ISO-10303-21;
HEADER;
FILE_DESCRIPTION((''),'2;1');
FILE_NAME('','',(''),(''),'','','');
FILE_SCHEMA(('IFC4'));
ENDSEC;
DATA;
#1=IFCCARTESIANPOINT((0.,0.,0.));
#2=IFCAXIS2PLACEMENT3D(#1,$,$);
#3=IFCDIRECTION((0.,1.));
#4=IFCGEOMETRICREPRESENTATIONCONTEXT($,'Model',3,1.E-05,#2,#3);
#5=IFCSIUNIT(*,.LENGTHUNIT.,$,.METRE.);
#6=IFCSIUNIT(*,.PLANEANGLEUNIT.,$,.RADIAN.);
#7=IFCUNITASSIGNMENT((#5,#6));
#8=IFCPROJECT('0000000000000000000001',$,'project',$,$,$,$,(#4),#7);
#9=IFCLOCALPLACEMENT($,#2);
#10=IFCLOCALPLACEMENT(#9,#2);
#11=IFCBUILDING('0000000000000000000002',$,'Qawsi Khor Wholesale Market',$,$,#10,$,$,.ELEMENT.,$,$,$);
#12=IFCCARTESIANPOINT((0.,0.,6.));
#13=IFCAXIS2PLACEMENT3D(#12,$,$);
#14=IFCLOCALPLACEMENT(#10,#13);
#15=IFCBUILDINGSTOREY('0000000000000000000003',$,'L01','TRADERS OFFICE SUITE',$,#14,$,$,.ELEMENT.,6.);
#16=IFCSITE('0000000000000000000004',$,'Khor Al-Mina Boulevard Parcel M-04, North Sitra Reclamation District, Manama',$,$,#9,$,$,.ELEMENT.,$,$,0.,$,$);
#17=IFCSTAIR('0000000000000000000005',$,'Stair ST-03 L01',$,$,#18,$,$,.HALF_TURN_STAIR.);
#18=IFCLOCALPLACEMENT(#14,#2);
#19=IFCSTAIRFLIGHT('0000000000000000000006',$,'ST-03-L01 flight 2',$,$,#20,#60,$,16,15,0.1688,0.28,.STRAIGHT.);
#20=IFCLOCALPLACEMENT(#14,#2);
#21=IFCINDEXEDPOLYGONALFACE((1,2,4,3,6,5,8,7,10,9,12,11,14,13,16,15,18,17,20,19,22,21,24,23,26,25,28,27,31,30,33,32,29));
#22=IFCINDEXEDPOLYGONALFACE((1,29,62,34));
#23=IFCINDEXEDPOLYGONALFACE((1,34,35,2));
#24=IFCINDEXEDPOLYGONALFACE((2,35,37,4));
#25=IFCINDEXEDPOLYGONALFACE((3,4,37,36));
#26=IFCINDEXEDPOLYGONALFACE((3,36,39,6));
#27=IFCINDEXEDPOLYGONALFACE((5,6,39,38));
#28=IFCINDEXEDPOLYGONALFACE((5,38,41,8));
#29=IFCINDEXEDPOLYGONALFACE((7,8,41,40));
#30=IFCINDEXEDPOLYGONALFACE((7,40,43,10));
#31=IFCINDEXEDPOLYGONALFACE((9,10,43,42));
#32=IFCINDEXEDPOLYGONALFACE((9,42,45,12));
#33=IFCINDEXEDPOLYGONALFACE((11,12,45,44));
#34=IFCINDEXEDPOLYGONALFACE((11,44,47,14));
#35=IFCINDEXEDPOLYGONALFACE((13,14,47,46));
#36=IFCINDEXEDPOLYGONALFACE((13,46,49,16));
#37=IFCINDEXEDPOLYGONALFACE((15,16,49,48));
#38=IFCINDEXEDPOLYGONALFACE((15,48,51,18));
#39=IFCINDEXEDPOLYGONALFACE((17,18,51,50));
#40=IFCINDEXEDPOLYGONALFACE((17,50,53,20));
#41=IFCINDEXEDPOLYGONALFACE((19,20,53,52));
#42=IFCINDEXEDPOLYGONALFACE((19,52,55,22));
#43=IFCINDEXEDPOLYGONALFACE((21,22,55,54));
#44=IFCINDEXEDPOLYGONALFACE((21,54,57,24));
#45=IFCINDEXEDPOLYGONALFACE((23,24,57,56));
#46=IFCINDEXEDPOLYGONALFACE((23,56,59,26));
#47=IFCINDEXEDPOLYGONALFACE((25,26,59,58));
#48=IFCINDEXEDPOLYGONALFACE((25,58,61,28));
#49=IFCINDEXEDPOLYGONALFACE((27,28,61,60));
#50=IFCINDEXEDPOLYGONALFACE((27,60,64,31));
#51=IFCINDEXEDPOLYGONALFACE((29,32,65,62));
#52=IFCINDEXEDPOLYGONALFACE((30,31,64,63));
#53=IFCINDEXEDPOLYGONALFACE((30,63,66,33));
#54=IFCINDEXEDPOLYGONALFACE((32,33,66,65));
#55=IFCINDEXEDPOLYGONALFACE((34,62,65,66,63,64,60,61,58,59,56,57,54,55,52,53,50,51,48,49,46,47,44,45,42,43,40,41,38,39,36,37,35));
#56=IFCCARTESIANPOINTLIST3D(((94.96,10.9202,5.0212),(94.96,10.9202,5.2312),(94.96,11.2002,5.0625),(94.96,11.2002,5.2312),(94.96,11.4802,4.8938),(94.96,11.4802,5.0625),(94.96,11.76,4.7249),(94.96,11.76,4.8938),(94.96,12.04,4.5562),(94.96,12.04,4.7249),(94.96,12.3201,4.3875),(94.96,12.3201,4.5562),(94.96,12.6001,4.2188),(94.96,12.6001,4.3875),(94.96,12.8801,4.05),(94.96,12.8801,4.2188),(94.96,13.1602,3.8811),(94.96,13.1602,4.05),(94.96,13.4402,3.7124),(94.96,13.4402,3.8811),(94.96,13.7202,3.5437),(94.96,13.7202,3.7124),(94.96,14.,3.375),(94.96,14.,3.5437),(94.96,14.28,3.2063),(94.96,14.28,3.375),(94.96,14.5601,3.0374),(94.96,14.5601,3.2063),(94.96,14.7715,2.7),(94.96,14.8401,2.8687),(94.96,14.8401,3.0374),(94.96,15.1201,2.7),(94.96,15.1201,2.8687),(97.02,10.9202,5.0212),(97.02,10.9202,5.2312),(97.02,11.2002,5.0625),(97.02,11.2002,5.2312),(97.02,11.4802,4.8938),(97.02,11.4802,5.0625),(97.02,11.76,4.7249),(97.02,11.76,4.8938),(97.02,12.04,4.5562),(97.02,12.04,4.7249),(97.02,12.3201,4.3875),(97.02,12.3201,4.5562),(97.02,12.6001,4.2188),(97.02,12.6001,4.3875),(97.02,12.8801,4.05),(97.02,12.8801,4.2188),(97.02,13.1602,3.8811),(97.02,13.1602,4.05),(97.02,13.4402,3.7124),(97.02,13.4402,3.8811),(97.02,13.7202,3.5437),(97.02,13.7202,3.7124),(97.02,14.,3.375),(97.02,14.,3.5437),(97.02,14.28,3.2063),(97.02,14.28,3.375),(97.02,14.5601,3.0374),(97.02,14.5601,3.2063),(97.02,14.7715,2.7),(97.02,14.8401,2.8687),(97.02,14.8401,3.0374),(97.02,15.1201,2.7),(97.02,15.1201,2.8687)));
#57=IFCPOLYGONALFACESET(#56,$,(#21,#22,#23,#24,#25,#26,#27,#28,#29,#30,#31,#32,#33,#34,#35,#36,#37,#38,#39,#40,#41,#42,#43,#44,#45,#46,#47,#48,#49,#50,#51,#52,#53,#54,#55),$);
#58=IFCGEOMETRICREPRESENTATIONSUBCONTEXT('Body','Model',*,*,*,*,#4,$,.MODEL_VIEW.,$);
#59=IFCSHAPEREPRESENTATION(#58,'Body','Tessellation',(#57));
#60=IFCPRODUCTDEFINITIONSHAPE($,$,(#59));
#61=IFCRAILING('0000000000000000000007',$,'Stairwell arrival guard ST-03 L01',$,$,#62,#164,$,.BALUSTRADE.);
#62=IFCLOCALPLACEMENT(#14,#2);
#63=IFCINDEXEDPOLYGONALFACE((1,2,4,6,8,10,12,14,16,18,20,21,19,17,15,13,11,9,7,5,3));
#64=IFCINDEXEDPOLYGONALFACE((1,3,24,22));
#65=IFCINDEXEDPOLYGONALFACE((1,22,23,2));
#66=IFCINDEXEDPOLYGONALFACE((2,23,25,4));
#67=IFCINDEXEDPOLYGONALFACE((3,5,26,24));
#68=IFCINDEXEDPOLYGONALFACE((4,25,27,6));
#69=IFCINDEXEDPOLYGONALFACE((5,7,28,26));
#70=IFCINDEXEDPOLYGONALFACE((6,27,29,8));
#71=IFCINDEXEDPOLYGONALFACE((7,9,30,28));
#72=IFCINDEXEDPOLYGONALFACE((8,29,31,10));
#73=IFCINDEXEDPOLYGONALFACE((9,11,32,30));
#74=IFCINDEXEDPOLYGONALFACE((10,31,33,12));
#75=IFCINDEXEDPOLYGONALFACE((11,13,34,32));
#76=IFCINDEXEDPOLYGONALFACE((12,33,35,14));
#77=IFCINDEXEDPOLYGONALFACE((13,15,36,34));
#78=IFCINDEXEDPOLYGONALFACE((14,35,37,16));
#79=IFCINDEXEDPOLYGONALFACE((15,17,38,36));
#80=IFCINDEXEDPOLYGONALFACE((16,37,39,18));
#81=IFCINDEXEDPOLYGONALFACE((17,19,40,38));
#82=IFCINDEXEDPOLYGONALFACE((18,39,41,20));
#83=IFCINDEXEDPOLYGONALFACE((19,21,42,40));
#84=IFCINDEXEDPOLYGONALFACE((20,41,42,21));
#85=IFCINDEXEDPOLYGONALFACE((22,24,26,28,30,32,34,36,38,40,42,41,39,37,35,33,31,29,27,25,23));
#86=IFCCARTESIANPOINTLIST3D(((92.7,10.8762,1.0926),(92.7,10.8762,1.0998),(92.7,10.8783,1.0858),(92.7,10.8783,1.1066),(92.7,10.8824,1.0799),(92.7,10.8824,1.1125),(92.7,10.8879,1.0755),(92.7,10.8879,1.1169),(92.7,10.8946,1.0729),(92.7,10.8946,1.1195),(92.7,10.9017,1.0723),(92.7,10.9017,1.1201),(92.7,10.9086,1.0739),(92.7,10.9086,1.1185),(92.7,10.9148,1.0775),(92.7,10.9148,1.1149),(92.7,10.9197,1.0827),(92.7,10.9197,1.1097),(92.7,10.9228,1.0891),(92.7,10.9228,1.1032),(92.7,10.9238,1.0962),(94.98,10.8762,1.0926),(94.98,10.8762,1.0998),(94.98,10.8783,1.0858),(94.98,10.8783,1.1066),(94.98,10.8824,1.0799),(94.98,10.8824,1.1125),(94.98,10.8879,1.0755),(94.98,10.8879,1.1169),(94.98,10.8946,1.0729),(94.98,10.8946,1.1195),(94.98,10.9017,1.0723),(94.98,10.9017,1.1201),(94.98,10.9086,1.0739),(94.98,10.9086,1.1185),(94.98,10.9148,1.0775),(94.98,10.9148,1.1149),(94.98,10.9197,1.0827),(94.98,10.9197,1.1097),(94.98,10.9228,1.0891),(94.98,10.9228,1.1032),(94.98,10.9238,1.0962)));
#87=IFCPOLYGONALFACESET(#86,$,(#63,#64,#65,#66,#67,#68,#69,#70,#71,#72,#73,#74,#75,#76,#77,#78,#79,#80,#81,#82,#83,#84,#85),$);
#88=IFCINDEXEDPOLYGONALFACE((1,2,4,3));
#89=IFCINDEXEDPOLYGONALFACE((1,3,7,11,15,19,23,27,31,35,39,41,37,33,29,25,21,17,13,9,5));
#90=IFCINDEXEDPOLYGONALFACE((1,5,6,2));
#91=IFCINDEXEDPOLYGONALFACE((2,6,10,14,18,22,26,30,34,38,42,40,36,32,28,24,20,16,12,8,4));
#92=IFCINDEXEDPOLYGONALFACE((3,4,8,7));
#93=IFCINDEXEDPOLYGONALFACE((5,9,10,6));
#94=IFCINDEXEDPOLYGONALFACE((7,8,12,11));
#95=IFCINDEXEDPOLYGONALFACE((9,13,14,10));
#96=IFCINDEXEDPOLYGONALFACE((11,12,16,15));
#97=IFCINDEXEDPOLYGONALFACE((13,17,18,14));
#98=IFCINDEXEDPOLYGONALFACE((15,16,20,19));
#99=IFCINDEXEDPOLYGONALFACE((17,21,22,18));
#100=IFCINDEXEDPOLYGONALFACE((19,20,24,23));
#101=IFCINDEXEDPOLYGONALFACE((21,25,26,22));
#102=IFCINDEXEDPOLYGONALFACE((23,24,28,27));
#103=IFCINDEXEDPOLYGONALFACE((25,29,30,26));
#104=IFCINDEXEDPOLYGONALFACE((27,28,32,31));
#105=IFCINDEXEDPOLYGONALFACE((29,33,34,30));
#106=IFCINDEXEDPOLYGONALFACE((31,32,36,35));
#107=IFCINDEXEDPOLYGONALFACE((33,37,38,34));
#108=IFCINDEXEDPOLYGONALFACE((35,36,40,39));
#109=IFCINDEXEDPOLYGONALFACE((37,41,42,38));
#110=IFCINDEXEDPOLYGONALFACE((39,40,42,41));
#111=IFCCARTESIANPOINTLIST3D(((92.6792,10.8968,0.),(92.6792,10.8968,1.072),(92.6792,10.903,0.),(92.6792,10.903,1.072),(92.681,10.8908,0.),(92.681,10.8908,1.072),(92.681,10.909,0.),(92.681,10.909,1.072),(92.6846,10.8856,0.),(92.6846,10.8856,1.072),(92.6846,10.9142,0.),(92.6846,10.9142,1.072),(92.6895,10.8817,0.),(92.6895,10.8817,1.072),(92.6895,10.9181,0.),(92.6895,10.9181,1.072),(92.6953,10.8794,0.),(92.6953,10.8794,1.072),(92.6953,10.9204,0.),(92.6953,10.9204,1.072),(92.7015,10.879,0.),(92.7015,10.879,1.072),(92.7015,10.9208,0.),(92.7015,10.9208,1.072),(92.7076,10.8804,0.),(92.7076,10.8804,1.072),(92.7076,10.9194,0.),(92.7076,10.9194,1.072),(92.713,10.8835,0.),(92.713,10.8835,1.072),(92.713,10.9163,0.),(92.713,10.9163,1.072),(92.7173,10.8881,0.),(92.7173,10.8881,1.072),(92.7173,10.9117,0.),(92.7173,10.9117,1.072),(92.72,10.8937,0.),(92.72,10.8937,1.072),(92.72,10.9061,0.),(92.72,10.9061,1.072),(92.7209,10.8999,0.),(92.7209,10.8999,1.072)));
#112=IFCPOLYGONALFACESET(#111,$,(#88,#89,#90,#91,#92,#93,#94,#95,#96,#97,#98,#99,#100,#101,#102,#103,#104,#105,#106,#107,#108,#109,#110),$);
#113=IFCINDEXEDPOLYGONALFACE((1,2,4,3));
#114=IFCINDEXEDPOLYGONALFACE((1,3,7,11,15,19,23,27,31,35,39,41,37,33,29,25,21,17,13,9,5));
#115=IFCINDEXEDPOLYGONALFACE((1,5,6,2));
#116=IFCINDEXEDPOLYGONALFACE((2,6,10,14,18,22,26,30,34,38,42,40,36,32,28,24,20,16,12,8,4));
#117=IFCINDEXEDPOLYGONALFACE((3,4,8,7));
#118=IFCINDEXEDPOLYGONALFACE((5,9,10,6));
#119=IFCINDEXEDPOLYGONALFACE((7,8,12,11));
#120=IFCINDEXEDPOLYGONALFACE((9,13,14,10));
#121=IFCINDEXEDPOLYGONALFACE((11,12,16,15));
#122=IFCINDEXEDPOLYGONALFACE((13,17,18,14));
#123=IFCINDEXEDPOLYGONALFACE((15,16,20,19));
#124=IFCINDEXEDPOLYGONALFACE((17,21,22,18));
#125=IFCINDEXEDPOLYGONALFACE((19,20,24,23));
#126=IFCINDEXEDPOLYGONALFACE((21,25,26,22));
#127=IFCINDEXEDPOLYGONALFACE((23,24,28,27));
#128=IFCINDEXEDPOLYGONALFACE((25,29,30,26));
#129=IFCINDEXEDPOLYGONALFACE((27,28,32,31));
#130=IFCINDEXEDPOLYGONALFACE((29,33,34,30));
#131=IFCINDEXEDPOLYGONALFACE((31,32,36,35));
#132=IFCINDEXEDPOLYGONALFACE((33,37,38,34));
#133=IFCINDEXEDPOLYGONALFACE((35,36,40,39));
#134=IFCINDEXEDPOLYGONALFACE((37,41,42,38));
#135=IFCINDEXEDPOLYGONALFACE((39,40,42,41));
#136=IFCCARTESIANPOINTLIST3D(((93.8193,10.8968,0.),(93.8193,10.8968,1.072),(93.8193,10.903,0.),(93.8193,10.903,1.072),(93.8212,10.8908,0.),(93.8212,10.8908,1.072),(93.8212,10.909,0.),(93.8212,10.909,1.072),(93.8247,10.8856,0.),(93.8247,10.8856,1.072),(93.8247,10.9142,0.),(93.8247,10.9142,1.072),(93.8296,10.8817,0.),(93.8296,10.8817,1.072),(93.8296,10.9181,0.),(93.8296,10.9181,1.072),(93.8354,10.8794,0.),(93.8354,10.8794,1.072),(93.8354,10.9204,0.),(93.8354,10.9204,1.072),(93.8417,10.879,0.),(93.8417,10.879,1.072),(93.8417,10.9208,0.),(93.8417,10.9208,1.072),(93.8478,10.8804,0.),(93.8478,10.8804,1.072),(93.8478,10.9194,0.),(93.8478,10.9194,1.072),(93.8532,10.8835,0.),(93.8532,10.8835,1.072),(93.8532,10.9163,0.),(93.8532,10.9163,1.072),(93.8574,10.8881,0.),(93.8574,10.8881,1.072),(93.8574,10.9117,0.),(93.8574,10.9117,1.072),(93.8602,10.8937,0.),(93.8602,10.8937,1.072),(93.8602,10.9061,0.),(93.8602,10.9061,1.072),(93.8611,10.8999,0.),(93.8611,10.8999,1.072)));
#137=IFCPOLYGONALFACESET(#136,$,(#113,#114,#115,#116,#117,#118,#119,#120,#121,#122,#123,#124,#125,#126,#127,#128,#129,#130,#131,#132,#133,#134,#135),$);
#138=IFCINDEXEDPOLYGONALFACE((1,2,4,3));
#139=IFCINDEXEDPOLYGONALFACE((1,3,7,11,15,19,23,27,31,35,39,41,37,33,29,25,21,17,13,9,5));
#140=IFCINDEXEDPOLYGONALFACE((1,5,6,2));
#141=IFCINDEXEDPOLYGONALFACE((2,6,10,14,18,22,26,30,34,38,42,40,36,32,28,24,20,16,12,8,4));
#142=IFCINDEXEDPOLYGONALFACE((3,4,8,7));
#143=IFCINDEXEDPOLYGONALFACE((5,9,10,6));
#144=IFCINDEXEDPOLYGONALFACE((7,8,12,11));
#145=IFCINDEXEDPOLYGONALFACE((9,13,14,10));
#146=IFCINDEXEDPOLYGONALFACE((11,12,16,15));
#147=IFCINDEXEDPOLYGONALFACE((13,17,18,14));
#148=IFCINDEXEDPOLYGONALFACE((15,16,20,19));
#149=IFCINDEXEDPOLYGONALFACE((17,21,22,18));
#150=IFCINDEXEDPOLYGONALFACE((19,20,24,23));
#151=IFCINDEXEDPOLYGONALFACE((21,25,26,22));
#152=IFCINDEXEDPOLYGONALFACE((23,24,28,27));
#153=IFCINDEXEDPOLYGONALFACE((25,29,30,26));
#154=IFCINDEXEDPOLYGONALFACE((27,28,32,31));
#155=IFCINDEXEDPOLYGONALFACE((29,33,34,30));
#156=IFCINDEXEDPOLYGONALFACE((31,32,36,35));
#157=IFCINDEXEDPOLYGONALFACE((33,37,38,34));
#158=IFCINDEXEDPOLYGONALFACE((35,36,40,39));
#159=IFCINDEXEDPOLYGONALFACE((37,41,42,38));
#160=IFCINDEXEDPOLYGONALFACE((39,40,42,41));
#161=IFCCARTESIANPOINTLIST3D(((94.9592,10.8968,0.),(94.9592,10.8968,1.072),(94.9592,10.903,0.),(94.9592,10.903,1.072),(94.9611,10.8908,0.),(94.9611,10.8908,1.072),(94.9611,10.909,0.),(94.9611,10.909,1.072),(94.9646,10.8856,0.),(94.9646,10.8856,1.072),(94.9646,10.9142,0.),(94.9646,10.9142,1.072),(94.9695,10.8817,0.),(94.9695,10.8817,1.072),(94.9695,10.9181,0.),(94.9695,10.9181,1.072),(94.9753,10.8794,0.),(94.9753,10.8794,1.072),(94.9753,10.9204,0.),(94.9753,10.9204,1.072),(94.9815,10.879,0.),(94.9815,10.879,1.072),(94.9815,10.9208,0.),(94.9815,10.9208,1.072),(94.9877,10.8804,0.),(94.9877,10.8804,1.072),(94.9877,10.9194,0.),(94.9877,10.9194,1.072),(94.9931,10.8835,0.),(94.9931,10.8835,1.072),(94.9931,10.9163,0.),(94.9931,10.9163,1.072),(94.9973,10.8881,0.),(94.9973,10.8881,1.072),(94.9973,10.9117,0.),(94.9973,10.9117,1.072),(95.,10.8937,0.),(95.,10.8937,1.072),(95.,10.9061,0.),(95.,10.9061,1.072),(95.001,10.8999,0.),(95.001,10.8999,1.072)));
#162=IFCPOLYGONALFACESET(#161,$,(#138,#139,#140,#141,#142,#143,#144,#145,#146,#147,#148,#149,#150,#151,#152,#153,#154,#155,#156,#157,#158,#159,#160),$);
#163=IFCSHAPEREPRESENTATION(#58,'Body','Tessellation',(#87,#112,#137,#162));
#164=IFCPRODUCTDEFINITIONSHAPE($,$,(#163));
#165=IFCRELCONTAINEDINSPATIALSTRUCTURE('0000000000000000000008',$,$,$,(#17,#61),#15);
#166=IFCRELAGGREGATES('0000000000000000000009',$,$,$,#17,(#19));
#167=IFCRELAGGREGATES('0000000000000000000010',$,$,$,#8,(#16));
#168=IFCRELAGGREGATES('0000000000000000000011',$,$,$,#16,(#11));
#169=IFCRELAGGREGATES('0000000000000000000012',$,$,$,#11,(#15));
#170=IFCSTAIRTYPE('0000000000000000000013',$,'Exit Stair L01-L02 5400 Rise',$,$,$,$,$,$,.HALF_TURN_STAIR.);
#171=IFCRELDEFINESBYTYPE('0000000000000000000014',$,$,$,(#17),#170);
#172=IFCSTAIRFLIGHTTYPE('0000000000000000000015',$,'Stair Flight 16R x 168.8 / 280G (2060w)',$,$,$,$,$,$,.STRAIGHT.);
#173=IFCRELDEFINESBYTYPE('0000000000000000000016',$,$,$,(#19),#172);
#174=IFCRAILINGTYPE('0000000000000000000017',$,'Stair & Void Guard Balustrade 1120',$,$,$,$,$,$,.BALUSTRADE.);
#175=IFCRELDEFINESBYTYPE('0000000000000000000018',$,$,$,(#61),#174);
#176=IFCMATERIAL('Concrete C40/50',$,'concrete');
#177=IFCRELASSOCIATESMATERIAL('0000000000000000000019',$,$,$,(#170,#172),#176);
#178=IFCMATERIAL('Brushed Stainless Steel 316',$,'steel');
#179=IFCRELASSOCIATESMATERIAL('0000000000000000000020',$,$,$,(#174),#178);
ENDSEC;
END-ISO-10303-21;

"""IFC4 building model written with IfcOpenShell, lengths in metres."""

from ifc_helpers import new_model, si_unit, direction, frame, origin, origin_2d, place, context, subcontext, project, spatial, polyline, circle, outline, extrude, material, type_object, element, aggregate, save


model = new_model("IFC4")

# Units and contexts
model_context = context("Model", 3, precision=1e-05, world=origin(), true_north=direction((0.0, 1.0)))
body_context = subcontext(model_context, "Body", "Model", "MODEL_VIEW")
ifc_project = project(units=[si_unit("LENGTHUNIT", "METRE"), si_unit("PLANEANGLEUNIT", "RADIAN")], contexts=[model_context])

# Site, building, storey
site_placement = place(None, origin())
site = spatial("IfcSite", under=ifc_project, at=site_placement, Name="Khor Al-Mina Boulevard Parcel M-04, North Sitra Reclamation District, Manama", CompositionType="ELEMENT", RefElevation=0.0)
building_placement = place(site_placement, origin())
building = spatial("IfcBuilding", under=site, at=building_placement, Name="Qawsi Khor Wholesale Market", CompositionType="ELEMENT")
storey_placement = place(building_placement, frame((0.0, 0.0, 6.0)))
storey = spatial("IfcBuildingStorey", under=building, at=storey_placement, Name="L01", Description="TRADERS OFFICE SUITE", CompositionType="ELEMENT", Elevation=6.0)

# Shared definitions
ifc_material_1 = material(Name="Concrete C40/50", Category="concrete")

# Stair, stair flight
stair_type = type_object("IfcStairType", Name="Exit Stair L01-L02 5400 Rise", PredefinedType="HALF_TURN_STAIR", material=ifc_material_1)
stair_placement = place(storey_placement, origin())
stair = element("IfcStair", 1, at=stair_placement, inside=storey, type_object=stair_type, Name="Stair ST-03 L01", PredefinedType="HALF_TURN_STAIR")
stair_flight_type = type_object("IfcStairFlightType", Name="Stair Flight 16R x 168.8 / 280G (2060w)", PredefinedType="STRAIGHT", material=ifc_material_1)
stair_flight_1_placement = place(storey_placement, frame((95.99, 15.1201, 2.7), z_axis=(0.0, 0.0, 1.0), x_axis=(0.0, -1.0, 0.0)))
stair_flight_1 = element("IfcStairFlight", 2, at=stair_flight_1_placement, type_object=stair_flight_type, Name="ST-03-L01 flight 2", NumberOfRisers=16, NumberOfTreads=15, PredefinedType="STRAIGHT", RiserHeight=0.1688, TreadLength=0.28, context=body_context, shape_type="SweptSolid", body=[
    extrude(outline(polyline([(0.0, 0.0), (0.0, 0.1687), (0.28, 0.1687), (0.28, 0.3374), (0.5601, 0.3374), (0.5601, 0.5063), (0.8401, 0.5063), (0.8401, 0.675), (1.1201, 0.675), (1.1201, 0.8438), (1.3999, 0.8438), (1.3999, 1.0125), (1.6799, 1.0125), (1.6799, 1.1812), (1.96, 1.1812), (1.96, 1.3501), (2.24, 1.3501), (2.24, 1.5188), (2.52, 1.5188), (2.52, 1.6875), (2.8, 1.6875), (2.8, 1.8562), (3.0801, 1.8562), (3.0801, 2.0249), (3.3601, 2.0249), (3.3601, 2.1938), (3.6399, 2.1938), (3.6399, 2.3625), (3.9199, 2.3625), (3.9199, 2.5312), (4.2, 2.5312), (4.2, 2.7), (4.2, 2.3213), (0.3486, 0.0), (0.0, 0.0)])), frame((0.0, 1.03, 0.0), z_axis=(0.0, -1.0, 0.0), x_axis=(1.0, 0.0, 0.0)), (0.0, 0.0, 1.0), 2.0601),
])
aggregate(stair, [stair_flight_1])

# Railing
ifc_material_2 = material(Name="Brushed Stainless Steel 316", Category="steel")
railing_type_1 = type_object("IfcRailingType", Name="Stair & Void Guard Balustrade 1120", PredefinedType="BALUSTRADE", material=ifc_material_2)
railing_1_placement = place(storey_placement, frame((92.7, 10.8999, 0.0)))
element("IfcRailing", 3, at=railing_1_placement, inside=storey, type_object=railing_type_1, Name="Stairwell arrival guard ST-03 L01", PredefinedType="BALUSTRADE", context=body_context, shape_type="SweptSolid", body=[
    extrude(circle(Radius=0.0239, at=origin_2d()), frame((0.0, 0.0, 1.0962), z_axis=(1.0, 0.0, 0.0), x_axis=(0.0, 1.0, 0.0)), (0.0, 0.0, 1.0), 2.28),
    extrude(circle(Radius=0.021, at=origin_2d()), origin(), (0.0, 0.0, 1.0), 1.072),
    extrude(circle(Radius=0.021, at=origin_2d()), frame((1.1401, 0.0, 0.0)), (0.0, 0.0, 1.0), 1.072),
    extrude(circle(Radius=0.021, at=origin_2d()), frame((2.28, 0.0, 0.0)), (0.0, 0.0, 1.0), 1.072),
])

save(model, "model.ifc")
